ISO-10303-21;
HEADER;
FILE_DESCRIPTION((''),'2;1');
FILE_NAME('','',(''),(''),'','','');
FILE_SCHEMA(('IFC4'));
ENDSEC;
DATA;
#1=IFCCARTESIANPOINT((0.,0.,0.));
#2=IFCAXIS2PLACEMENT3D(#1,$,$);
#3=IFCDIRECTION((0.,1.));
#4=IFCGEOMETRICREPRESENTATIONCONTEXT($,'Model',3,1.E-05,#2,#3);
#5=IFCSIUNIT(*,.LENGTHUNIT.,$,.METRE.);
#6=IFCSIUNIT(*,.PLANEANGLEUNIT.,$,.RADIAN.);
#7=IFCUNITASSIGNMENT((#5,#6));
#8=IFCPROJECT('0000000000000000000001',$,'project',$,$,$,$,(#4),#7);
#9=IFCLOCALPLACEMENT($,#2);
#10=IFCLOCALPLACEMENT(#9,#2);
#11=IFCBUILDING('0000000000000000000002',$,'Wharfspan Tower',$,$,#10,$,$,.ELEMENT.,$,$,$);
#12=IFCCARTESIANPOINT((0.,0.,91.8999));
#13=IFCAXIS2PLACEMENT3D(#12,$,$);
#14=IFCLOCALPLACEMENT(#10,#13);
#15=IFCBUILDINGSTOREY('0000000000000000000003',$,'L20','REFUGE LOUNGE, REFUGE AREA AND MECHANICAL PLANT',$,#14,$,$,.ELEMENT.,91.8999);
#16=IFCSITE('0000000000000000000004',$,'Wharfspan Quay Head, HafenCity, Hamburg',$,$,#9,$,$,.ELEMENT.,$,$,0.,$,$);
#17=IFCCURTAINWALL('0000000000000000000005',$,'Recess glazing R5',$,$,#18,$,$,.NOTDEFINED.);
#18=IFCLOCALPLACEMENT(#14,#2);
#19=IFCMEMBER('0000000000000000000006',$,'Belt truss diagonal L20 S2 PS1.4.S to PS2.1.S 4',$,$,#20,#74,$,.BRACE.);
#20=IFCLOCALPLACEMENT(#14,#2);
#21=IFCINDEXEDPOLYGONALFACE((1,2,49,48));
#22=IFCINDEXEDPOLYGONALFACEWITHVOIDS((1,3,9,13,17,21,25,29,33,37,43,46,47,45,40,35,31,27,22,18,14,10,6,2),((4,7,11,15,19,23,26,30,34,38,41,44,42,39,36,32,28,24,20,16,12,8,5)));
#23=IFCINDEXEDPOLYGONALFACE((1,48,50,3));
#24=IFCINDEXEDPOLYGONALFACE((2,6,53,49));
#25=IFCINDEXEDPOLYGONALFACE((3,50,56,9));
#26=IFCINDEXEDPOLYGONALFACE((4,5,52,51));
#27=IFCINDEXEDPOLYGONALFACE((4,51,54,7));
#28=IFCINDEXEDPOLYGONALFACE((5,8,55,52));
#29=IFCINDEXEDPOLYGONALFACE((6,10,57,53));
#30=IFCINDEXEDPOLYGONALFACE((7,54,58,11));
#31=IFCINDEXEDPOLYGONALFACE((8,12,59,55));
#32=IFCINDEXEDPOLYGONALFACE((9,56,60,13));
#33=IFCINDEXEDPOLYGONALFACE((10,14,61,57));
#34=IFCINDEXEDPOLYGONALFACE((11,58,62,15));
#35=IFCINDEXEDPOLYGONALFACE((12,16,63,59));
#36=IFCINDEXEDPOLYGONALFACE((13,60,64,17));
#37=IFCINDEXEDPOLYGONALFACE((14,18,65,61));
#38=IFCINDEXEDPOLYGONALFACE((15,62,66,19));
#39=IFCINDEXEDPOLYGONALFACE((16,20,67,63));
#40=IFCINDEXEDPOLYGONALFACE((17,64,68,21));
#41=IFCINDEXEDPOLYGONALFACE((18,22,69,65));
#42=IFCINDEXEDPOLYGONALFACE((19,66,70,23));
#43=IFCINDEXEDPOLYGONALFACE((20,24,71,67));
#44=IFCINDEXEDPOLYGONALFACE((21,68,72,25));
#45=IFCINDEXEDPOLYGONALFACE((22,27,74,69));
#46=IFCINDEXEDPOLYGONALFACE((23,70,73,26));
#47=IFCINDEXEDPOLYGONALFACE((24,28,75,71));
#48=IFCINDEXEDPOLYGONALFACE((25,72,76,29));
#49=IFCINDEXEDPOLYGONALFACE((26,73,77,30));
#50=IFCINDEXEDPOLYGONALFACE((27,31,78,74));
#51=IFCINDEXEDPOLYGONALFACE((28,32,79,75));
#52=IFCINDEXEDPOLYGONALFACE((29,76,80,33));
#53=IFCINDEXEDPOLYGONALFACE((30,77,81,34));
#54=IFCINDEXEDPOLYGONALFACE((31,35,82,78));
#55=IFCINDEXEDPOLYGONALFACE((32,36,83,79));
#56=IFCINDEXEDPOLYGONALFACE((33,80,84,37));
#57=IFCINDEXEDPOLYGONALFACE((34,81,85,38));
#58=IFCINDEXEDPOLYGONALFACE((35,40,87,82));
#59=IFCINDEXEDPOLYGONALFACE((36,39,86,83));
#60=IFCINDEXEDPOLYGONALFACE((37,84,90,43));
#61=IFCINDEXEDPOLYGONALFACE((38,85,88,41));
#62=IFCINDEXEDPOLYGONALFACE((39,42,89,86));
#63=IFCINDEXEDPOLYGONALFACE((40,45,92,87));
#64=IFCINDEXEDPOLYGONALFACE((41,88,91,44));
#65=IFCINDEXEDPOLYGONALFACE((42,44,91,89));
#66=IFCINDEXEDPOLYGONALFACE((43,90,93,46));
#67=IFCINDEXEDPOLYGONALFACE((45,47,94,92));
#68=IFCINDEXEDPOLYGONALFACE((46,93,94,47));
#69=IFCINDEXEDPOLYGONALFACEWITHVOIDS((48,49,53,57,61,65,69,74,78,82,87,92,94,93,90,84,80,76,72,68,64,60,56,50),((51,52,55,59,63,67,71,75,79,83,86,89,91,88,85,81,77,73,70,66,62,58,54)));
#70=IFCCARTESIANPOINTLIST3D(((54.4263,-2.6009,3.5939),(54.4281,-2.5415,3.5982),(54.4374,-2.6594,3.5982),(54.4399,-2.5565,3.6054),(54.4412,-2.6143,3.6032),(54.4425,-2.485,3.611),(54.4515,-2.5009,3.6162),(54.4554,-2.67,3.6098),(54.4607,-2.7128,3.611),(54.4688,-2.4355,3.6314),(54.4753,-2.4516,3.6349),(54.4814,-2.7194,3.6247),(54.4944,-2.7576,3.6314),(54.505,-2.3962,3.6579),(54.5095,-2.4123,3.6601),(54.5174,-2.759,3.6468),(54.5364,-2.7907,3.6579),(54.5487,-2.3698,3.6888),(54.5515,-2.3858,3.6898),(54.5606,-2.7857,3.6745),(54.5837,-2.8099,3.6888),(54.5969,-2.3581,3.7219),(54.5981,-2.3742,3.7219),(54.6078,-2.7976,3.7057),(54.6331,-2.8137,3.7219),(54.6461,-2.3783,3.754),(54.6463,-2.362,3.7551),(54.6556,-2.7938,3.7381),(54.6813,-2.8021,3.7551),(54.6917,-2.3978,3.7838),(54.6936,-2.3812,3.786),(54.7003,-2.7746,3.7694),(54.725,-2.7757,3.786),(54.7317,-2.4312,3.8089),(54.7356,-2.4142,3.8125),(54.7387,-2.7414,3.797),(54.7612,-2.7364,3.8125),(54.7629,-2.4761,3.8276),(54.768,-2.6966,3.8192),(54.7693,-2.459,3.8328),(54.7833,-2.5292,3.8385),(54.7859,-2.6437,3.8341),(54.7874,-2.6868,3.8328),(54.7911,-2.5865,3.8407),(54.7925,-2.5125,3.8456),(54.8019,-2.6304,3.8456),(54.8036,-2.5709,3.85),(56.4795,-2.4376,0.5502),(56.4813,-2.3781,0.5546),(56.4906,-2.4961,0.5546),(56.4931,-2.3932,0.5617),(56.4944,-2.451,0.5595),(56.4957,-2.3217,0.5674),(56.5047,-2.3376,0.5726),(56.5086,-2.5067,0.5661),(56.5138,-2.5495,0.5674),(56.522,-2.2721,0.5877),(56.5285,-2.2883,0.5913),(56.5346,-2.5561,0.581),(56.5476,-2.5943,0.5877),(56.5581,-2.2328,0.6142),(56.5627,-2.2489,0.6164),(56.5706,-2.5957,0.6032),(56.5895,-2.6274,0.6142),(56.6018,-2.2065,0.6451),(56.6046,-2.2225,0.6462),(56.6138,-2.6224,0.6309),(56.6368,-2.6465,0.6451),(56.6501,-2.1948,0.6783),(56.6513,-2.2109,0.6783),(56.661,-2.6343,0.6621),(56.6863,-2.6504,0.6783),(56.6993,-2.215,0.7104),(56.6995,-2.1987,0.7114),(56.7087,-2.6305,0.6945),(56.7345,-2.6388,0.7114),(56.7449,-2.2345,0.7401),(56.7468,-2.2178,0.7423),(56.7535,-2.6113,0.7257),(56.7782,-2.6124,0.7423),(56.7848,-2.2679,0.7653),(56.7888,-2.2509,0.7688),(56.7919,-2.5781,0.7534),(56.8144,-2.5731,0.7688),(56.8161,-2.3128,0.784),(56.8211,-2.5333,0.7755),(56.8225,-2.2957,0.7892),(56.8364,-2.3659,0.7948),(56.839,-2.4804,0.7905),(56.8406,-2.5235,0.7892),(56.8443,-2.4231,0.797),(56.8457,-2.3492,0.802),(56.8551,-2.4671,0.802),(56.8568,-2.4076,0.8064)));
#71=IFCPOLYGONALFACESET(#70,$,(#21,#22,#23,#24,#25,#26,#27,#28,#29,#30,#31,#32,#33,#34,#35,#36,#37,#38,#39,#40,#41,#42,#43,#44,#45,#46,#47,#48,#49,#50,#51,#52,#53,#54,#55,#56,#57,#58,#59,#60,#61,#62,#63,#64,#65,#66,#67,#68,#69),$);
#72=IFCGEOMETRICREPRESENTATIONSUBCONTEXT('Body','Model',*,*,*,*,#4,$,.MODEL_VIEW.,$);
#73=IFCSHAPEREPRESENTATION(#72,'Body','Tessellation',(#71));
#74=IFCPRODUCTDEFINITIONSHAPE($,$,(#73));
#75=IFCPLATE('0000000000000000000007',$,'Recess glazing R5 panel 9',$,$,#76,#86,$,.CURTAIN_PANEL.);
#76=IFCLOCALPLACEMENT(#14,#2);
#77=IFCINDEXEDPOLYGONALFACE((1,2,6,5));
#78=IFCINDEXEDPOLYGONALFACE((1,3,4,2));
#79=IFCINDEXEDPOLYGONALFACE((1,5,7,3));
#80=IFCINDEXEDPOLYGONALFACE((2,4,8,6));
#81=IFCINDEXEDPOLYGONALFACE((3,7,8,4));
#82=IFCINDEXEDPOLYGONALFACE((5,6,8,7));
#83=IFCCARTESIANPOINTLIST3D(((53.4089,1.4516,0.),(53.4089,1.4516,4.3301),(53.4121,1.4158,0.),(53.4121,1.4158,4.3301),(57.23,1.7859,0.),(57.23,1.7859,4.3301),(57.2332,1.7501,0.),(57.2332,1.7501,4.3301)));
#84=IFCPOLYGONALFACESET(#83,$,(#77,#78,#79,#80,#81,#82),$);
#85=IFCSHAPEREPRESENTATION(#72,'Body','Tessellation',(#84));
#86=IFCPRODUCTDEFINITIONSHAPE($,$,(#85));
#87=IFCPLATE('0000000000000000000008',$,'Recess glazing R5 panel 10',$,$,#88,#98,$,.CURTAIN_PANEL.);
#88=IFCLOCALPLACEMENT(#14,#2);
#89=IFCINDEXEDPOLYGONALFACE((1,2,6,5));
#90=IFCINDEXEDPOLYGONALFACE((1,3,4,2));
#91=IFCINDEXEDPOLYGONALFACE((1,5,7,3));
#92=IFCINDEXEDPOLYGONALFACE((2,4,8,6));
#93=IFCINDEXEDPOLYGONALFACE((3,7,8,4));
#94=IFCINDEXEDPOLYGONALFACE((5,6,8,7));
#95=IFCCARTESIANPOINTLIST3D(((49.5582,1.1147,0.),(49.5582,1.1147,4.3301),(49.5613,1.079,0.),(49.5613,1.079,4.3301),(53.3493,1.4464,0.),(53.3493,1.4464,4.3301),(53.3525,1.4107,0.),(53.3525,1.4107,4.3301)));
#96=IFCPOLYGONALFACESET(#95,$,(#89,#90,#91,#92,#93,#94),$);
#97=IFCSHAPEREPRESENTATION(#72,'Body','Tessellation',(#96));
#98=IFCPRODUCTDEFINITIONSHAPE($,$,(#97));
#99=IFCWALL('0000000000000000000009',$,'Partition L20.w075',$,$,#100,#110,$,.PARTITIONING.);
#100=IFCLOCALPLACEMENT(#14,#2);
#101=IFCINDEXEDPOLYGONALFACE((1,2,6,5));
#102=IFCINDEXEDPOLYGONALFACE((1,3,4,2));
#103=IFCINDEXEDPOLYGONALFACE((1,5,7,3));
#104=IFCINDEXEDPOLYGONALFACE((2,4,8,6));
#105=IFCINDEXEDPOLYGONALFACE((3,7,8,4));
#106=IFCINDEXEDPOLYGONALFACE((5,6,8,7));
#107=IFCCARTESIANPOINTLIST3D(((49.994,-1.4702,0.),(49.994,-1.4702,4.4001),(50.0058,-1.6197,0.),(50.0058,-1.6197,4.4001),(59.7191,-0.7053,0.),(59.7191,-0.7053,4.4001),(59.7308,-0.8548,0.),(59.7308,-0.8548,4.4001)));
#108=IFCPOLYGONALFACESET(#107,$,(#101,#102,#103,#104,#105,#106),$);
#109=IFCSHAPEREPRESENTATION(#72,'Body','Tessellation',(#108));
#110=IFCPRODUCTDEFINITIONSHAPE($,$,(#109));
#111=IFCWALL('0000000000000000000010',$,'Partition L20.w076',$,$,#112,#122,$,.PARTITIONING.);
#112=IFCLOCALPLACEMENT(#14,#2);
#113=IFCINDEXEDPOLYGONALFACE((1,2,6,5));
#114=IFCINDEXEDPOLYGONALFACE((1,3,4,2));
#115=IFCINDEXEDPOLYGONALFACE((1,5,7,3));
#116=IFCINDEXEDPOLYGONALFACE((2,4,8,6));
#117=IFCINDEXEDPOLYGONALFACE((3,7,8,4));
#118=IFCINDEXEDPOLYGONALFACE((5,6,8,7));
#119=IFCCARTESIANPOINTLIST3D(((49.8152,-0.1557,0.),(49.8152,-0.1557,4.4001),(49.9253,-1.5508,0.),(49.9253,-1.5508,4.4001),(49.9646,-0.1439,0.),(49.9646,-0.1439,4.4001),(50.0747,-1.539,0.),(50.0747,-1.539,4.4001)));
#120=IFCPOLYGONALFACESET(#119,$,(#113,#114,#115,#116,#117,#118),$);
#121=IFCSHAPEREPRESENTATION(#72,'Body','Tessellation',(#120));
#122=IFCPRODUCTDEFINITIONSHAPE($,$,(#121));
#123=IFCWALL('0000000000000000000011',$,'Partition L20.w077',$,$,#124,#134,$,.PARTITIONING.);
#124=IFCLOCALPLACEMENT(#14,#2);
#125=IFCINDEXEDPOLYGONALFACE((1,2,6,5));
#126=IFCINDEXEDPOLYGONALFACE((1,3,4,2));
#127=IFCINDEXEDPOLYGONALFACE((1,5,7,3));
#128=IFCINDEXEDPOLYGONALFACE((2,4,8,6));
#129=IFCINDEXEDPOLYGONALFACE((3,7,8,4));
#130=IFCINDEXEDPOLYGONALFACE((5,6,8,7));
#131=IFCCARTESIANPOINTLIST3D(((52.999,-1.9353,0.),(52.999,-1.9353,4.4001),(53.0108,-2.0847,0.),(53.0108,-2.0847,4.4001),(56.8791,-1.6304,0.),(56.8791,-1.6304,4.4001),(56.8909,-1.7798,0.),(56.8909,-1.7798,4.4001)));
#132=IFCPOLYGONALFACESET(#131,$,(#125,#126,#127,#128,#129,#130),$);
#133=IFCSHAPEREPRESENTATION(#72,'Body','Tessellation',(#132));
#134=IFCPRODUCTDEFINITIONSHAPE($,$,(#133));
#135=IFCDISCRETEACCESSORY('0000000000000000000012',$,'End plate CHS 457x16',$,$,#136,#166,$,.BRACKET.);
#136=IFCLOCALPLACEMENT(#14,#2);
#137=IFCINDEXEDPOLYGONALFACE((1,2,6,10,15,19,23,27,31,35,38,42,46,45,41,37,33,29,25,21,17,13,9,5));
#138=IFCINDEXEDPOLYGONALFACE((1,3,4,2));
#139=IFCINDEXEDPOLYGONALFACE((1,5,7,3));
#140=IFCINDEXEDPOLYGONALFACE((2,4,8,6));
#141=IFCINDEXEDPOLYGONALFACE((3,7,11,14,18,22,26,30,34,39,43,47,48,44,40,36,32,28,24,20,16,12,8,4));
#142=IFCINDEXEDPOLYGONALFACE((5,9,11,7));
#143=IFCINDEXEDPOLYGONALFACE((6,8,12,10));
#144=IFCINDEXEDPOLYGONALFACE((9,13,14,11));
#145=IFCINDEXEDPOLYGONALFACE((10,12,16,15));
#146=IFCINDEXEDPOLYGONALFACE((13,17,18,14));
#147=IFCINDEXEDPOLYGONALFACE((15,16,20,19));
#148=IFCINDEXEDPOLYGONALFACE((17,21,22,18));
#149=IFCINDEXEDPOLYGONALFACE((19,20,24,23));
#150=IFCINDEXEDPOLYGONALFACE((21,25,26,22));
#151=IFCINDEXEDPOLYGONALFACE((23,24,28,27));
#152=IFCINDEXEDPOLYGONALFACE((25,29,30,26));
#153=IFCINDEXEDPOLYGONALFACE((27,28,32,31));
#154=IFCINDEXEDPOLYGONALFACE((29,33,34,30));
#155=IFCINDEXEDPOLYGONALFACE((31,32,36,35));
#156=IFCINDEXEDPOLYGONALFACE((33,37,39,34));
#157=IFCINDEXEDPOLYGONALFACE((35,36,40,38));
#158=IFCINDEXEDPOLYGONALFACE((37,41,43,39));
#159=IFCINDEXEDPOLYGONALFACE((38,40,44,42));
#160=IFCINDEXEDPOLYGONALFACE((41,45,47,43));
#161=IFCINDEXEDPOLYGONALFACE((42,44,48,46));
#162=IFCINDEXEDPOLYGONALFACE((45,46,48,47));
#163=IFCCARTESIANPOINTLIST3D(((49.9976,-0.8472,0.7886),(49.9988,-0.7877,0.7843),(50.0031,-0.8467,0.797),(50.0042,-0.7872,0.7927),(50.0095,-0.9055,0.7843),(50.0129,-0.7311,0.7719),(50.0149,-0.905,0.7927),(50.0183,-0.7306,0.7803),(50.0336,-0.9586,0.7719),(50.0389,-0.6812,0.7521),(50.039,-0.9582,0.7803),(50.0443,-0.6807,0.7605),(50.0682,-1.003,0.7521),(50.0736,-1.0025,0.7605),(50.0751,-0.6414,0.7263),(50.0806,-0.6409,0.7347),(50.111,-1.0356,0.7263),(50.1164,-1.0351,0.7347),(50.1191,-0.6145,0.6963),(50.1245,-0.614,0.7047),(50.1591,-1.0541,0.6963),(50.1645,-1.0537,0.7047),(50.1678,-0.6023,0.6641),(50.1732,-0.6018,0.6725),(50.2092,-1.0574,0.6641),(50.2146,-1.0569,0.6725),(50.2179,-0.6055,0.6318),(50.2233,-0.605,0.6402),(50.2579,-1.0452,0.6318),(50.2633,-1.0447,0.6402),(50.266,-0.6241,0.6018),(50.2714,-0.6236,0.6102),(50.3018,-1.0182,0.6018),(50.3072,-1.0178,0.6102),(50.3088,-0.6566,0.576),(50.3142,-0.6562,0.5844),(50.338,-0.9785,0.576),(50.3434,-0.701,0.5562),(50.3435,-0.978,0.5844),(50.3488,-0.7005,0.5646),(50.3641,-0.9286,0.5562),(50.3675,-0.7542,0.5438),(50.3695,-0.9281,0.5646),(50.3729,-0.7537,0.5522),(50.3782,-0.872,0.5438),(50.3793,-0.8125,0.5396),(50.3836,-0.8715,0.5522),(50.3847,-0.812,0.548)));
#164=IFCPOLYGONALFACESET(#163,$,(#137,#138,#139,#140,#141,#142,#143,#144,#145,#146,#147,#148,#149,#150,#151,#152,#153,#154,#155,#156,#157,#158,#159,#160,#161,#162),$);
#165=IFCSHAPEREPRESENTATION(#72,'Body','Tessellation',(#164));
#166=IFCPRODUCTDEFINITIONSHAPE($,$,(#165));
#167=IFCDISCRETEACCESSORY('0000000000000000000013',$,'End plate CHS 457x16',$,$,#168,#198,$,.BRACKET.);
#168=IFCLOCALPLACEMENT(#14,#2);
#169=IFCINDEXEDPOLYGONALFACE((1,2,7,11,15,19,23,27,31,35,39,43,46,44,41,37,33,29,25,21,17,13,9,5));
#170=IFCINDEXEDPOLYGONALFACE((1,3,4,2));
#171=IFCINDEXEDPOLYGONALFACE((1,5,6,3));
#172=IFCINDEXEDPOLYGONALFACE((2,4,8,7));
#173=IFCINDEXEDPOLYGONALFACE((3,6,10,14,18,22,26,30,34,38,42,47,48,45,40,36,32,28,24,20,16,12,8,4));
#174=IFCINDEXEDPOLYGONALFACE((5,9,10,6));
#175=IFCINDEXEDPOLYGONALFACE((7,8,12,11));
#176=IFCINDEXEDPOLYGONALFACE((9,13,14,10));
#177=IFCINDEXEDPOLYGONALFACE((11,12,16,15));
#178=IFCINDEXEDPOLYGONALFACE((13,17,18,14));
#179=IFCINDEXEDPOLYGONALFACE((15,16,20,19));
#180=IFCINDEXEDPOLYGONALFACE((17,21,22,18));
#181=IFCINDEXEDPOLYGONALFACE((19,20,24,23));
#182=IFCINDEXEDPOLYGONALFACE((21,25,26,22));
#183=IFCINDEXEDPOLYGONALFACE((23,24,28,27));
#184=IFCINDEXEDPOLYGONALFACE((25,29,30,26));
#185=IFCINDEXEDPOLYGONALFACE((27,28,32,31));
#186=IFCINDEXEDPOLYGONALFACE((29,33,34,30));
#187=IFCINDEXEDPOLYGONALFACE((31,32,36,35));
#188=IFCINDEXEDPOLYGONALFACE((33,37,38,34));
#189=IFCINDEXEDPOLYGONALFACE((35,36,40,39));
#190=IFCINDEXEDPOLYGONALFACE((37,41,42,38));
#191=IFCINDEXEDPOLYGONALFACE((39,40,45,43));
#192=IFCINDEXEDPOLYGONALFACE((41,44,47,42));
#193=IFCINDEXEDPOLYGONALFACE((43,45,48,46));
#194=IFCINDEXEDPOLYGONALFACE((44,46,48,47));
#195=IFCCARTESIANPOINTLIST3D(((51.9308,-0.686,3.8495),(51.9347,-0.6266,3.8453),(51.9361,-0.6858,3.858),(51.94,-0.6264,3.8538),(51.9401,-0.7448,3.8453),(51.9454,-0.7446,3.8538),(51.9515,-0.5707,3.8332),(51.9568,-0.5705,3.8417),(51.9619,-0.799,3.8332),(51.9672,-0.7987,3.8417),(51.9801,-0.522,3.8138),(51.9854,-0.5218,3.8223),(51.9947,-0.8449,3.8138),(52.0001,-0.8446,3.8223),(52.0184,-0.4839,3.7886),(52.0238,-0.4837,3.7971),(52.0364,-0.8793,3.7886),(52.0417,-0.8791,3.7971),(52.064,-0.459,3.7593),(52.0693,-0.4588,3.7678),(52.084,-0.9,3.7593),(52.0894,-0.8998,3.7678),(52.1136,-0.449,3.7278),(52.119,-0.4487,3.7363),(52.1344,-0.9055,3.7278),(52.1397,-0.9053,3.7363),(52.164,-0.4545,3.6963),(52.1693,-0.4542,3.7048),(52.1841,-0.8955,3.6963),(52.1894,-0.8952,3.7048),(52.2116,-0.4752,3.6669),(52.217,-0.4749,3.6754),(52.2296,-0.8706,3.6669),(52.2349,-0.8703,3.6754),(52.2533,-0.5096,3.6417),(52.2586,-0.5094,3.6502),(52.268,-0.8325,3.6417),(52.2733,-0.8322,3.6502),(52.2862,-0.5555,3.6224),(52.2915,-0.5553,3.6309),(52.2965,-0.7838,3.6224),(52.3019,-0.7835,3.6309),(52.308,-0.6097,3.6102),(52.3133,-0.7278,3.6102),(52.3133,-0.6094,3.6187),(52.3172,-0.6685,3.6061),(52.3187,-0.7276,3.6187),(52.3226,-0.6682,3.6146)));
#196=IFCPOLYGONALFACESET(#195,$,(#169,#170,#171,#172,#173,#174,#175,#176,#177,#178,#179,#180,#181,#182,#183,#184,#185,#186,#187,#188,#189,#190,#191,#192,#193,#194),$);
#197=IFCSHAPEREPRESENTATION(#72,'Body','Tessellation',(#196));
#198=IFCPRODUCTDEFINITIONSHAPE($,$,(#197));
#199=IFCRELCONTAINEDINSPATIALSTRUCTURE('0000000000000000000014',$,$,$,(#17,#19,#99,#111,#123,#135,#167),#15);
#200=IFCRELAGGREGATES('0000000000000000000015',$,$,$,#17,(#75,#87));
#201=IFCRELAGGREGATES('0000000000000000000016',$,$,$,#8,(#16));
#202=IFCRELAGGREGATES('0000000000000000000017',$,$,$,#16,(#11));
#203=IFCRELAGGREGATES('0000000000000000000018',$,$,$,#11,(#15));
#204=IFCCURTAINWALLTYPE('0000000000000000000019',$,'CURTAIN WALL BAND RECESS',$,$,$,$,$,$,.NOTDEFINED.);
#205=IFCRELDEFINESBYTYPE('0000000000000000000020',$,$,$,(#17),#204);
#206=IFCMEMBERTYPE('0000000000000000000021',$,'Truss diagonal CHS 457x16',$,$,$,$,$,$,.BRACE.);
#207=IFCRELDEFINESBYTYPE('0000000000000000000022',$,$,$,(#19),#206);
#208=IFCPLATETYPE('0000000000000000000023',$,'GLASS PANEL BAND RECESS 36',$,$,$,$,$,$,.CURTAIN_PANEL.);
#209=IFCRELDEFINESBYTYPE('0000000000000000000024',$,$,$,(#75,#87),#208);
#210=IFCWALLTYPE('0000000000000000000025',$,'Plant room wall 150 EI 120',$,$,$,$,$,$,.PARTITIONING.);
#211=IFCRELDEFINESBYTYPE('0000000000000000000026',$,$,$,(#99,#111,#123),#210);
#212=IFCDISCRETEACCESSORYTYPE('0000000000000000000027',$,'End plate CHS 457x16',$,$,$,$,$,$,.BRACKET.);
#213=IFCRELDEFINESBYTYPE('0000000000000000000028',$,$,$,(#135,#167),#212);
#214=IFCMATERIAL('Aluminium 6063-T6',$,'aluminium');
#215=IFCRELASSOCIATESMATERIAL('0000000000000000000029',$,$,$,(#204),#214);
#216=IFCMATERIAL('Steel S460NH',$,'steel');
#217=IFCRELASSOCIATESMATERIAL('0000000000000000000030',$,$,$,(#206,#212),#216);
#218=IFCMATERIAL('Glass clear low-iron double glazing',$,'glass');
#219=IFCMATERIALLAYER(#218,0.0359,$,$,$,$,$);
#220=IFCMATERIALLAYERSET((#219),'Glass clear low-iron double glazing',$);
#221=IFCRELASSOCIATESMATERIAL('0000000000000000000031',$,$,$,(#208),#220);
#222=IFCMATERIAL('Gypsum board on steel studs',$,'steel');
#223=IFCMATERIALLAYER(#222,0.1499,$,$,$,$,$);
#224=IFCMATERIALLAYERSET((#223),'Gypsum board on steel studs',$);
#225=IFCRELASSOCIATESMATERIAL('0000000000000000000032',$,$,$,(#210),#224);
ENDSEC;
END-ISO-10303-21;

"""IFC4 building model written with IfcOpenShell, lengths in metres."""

from ifc_helpers import new_model, si_unit, direction, frame, frame_2d, origin, origin_2d, place, context, subcontext, project, spatial, rectangle, circle, hollow_circle, extrude, material, layer, layer_set, material_profile, profile_set, type_object, element, aggregate, save


model = new_model("IFC4")

# Units and contexts
model_context = context("Model", 3, precision=1e-05, world=origin(), true_north=direction((0.0, 1.0)))
body_context = subcontext(model_context, "Body", "Model", "MODEL_VIEW")
ifc_project = project(units=[si_unit("LENGTHUNIT", "METRE"), si_unit("PLANEANGLEUNIT", "RADIAN")], contexts=[model_context])

# Site, building, storey
site_placement = place(None, origin())
site = spatial("IfcSite", under=ifc_project, at=site_placement, Name="Wharfspan Quay Head, HafenCity, Hamburg", CompositionType="ELEMENT", RefElevation=0.0)
building_placement = place(site_placement, origin())
building = spatial("IfcBuilding", under=site, at=building_placement, Name="Wharfspan Tower", CompositionType="ELEMENT")
storey_placement = place(building_placement, frame((0.0, 0.0, 91.8999)))
storey = spatial("IfcBuildingStorey", under=building, at=storey_placement, Name="L20", Description="REFUGE LOUNGE, REFUGE AREA AND MECHANICAL PLANT", CompositionType="ELEMENT", Elevation=91.8999)

# Curtain wall
ifc_material_1 = material(Name="Aluminium 6063-T6", Category="aluminium")
curtain_wall_type = type_object("IfcCurtainWallType", Name="CURTAIN WALL BAND RECESS", PredefinedType="NOTDEFINED", material=ifc_material_1)
curtain_wall_placement = place(storey_placement, origin())
curtain_wall = element("IfcCurtainWall", 1, at=curtain_wall_placement, inside=storey, type_object=curtain_wall_type, Name="Recess glazing R5", PredefinedType="NOTDEFINED")

# Member
ifc_material_2 = material(Name="Steel S460NH", Category="steel")
ifc_material_profile_1 = material_profile(ifc_material_2, hollow_circle(Radius=0.2285, WallThickness=0.0161, at=origin_2d()))
ifc_profile_set_1 = profile_set([ifc_material_profile_1], Name="Steel S460NH")
member_type_1 = type_object("IfcMemberType", Name="Truss diagonal CHS 457x16", PredefinedType="BRACE", material=ifc_profile_set_1)
for number, where, z_axis, x_axis, name in (
    (2, (54.615, -2.5859, 3.7219), (0.558682, 0.044442, -0.828191), (-0.079299, 0.996852, -0.000001), "Belt truss diagonal L20 S2 PS1.4.S to PS2.1.S 4"),
):
    element("IfcMember", number, at=place(storey_placement, frame(where, z_axis=z_axis, x_axis=x_axis)), inside=storey, type_object=member_type_1, Name=name, PredefinedType="BRACE", context=body_context, shape_type="SweptSolid", body=[
        extrude(hollow_circle(Radius=0.2285, WallThickness=0.0161, at=origin_2d()), origin(), (0.0, 0.0, 1.0), 3.675),
    ])

# Plates
ifc_material_3 = material(Name="Glass clear low-iron double glazing", Category="glass")
ifc_layer_1 = layer(ifc_material_3, 0.0359)
ifc_layer_set_1 = layer_set([ifc_layer_1], Name="Glass clear low-iron double glazing")
plate_type = type_object("IfcPlateType", Name="GLASS PANEL BAND RECESS 36", PredefinedType="CURTAIN_PANEL", material=ifc_layer_set_1)
plate_1_placement = place(storey_placement, frame((55.321, 1.6008, 0.0), z_axis=(0.0, 0.0, 1.0), x_axis=(-0.996198, -0.087156, 0.0)))
plate_1 = element("IfcPlate", 3, at=plate_1_placement, type_object=plate_type, Name="Recess glazing R5 panel 9", PredefinedType="CURTAIN_PANEL", context=body_context, shape_type="SweptSolid", body=[
    extrude(rectangle(XDim=3.8357, YDim=0.0359, at=origin_2d()), origin(), (0.0, 0.0, 1.0), 4.3301),
])
plate_2_placement = place(storey_placement, frame((51.4553, 1.2627, 0.0), z_axis=(0.0, 0.0, 1.0), x_axis=(-0.996198, -0.087156, 0.0)))
plate_2 = element("IfcPlate", 4, at=plate_2_placement, type_object=plate_type, Name="Recess glazing R5 panel 10", PredefinedType="CURTAIN_PANEL", context=body_context, shape_type="SweptSolid", body=[
    extrude(rectangle(XDim=3.8057, YDim=0.0359, at=origin_2d()), origin(), (0.0, 0.0, 1.0), 4.3301),
])
aggregate(curtain_wall, [plate_1, plate_2])

# Walls
ifc_material_4 = material(Name="Gypsum board on steel studs", Category="steel")
ifc_layer_2 = layer(ifc_material_4, 0.1499)
ifc_layer_set_2 = layer_set([ifc_layer_2], Name="Gypsum board on steel studs")
wall_type = type_object("IfcWallType", Name="Plant room wall 150 EI 120", PredefinedType="PARTITIONING", material=ifc_layer_set_2)
wall_1_placement = place(storey_placement, frame((50.0, -1.5449, 0.0), z_axis=(0.0, 0.0, 1.0), x_axis=(0.996918, 0.078409, 0.0)))
element("IfcWall", 5, at=wall_1_placement, inside=storey, type_object=wall_type, Name="Partition L20.w075", PredefinedType="PARTITIONING", context=body_context, shape_type="SweptSolid", body=[
    extrude(rectangle(XDim=9.7551, YDim=0.1499, at=frame_2d((4.8774, 0.0))), origin(), (0.0, 0.0, 1.0), 4.4001),
])
wall_2_placement = place(storey_placement, frame((50.0, -1.5449, 0.0), z_axis=(0.0, 0.0, 1.0), x_axis=(-0.078684, 0.996897, 0.0)))
element("IfcWall", 6, at=wall_2_placement, inside=storey, type_object=wall_type, Name="Partition L20.w076", PredefinedType="PARTITIONING", context=body_context, shape_type="SweptSolid", body=[
    extrude(rectangle(XDim=1.3994, YDim=0.1499, at=frame_2d((0.6997, 0.0))), origin(), (0.0, 0.0, 1.0), 4.4001),
])
wall_3_placement = place(storey_placement, frame((53.0049, -2.01, 0.0), z_axis=(0.0, 0.0, 1.0), x_axis=(0.996922, 0.078346, 0.0)))
element("IfcWall", 7, at=wall_3_placement, inside=storey, type_object=wall_type, Name="Partition L20.w077", PredefinedType="PARTITIONING", context=body_context, shape_type="SweptSolid", body=[
    extrude(rectangle(XDim=3.8921, YDim=0.1499, at=frame_2d((1.946, 0.0))), origin(), (0.0, 0.0, 1.0), 4.4001),
])

# Discrete accessories
ifc_material_profile_2 = material_profile(ifc_material_2, circle(Radius=0.2285, at=origin_2d()))
ifc_profile_set_2 = profile_set([ifc_material_profile_2], Name="Steel S460NH")
discrete_accessory_type_1 = type_object("IfcDiscreteAccessoryType", Name="End plate CHS 457x16", PredefinedType="BRACKET", material=ifc_profile_set_2)
for number, where, z_axis, x_axis, name in (
    (8, (50.1885, -0.8298, 0.6641), (0.54259, 0.049326, 0.838548), (-0.090535, 0.995892, 0.0), "End plate CHS 457x16"),
    (9, (52.124, -0.6772, 3.7278), (0.532016, 0.024183, 0.846389), (-0.045407, 0.99897, -0.000001), "End plate CHS 457x16"),
):
    element("IfcDiscreteAccessory", number, at=place(storey_placement, frame(where, z_axis=z_axis, x_axis=x_axis)), inside=storey, type_object=discrete_accessory_type_1, Name=name, PredefinedType="BRACKET", context=body_context, shape_type="SweptSolid", body=[
        extrude(circle(Radius=0.2285, at=origin_2d()), origin(), (0.0, 0.0, 1.0), 0.01),
    ])

save(model, "model.ifc")
